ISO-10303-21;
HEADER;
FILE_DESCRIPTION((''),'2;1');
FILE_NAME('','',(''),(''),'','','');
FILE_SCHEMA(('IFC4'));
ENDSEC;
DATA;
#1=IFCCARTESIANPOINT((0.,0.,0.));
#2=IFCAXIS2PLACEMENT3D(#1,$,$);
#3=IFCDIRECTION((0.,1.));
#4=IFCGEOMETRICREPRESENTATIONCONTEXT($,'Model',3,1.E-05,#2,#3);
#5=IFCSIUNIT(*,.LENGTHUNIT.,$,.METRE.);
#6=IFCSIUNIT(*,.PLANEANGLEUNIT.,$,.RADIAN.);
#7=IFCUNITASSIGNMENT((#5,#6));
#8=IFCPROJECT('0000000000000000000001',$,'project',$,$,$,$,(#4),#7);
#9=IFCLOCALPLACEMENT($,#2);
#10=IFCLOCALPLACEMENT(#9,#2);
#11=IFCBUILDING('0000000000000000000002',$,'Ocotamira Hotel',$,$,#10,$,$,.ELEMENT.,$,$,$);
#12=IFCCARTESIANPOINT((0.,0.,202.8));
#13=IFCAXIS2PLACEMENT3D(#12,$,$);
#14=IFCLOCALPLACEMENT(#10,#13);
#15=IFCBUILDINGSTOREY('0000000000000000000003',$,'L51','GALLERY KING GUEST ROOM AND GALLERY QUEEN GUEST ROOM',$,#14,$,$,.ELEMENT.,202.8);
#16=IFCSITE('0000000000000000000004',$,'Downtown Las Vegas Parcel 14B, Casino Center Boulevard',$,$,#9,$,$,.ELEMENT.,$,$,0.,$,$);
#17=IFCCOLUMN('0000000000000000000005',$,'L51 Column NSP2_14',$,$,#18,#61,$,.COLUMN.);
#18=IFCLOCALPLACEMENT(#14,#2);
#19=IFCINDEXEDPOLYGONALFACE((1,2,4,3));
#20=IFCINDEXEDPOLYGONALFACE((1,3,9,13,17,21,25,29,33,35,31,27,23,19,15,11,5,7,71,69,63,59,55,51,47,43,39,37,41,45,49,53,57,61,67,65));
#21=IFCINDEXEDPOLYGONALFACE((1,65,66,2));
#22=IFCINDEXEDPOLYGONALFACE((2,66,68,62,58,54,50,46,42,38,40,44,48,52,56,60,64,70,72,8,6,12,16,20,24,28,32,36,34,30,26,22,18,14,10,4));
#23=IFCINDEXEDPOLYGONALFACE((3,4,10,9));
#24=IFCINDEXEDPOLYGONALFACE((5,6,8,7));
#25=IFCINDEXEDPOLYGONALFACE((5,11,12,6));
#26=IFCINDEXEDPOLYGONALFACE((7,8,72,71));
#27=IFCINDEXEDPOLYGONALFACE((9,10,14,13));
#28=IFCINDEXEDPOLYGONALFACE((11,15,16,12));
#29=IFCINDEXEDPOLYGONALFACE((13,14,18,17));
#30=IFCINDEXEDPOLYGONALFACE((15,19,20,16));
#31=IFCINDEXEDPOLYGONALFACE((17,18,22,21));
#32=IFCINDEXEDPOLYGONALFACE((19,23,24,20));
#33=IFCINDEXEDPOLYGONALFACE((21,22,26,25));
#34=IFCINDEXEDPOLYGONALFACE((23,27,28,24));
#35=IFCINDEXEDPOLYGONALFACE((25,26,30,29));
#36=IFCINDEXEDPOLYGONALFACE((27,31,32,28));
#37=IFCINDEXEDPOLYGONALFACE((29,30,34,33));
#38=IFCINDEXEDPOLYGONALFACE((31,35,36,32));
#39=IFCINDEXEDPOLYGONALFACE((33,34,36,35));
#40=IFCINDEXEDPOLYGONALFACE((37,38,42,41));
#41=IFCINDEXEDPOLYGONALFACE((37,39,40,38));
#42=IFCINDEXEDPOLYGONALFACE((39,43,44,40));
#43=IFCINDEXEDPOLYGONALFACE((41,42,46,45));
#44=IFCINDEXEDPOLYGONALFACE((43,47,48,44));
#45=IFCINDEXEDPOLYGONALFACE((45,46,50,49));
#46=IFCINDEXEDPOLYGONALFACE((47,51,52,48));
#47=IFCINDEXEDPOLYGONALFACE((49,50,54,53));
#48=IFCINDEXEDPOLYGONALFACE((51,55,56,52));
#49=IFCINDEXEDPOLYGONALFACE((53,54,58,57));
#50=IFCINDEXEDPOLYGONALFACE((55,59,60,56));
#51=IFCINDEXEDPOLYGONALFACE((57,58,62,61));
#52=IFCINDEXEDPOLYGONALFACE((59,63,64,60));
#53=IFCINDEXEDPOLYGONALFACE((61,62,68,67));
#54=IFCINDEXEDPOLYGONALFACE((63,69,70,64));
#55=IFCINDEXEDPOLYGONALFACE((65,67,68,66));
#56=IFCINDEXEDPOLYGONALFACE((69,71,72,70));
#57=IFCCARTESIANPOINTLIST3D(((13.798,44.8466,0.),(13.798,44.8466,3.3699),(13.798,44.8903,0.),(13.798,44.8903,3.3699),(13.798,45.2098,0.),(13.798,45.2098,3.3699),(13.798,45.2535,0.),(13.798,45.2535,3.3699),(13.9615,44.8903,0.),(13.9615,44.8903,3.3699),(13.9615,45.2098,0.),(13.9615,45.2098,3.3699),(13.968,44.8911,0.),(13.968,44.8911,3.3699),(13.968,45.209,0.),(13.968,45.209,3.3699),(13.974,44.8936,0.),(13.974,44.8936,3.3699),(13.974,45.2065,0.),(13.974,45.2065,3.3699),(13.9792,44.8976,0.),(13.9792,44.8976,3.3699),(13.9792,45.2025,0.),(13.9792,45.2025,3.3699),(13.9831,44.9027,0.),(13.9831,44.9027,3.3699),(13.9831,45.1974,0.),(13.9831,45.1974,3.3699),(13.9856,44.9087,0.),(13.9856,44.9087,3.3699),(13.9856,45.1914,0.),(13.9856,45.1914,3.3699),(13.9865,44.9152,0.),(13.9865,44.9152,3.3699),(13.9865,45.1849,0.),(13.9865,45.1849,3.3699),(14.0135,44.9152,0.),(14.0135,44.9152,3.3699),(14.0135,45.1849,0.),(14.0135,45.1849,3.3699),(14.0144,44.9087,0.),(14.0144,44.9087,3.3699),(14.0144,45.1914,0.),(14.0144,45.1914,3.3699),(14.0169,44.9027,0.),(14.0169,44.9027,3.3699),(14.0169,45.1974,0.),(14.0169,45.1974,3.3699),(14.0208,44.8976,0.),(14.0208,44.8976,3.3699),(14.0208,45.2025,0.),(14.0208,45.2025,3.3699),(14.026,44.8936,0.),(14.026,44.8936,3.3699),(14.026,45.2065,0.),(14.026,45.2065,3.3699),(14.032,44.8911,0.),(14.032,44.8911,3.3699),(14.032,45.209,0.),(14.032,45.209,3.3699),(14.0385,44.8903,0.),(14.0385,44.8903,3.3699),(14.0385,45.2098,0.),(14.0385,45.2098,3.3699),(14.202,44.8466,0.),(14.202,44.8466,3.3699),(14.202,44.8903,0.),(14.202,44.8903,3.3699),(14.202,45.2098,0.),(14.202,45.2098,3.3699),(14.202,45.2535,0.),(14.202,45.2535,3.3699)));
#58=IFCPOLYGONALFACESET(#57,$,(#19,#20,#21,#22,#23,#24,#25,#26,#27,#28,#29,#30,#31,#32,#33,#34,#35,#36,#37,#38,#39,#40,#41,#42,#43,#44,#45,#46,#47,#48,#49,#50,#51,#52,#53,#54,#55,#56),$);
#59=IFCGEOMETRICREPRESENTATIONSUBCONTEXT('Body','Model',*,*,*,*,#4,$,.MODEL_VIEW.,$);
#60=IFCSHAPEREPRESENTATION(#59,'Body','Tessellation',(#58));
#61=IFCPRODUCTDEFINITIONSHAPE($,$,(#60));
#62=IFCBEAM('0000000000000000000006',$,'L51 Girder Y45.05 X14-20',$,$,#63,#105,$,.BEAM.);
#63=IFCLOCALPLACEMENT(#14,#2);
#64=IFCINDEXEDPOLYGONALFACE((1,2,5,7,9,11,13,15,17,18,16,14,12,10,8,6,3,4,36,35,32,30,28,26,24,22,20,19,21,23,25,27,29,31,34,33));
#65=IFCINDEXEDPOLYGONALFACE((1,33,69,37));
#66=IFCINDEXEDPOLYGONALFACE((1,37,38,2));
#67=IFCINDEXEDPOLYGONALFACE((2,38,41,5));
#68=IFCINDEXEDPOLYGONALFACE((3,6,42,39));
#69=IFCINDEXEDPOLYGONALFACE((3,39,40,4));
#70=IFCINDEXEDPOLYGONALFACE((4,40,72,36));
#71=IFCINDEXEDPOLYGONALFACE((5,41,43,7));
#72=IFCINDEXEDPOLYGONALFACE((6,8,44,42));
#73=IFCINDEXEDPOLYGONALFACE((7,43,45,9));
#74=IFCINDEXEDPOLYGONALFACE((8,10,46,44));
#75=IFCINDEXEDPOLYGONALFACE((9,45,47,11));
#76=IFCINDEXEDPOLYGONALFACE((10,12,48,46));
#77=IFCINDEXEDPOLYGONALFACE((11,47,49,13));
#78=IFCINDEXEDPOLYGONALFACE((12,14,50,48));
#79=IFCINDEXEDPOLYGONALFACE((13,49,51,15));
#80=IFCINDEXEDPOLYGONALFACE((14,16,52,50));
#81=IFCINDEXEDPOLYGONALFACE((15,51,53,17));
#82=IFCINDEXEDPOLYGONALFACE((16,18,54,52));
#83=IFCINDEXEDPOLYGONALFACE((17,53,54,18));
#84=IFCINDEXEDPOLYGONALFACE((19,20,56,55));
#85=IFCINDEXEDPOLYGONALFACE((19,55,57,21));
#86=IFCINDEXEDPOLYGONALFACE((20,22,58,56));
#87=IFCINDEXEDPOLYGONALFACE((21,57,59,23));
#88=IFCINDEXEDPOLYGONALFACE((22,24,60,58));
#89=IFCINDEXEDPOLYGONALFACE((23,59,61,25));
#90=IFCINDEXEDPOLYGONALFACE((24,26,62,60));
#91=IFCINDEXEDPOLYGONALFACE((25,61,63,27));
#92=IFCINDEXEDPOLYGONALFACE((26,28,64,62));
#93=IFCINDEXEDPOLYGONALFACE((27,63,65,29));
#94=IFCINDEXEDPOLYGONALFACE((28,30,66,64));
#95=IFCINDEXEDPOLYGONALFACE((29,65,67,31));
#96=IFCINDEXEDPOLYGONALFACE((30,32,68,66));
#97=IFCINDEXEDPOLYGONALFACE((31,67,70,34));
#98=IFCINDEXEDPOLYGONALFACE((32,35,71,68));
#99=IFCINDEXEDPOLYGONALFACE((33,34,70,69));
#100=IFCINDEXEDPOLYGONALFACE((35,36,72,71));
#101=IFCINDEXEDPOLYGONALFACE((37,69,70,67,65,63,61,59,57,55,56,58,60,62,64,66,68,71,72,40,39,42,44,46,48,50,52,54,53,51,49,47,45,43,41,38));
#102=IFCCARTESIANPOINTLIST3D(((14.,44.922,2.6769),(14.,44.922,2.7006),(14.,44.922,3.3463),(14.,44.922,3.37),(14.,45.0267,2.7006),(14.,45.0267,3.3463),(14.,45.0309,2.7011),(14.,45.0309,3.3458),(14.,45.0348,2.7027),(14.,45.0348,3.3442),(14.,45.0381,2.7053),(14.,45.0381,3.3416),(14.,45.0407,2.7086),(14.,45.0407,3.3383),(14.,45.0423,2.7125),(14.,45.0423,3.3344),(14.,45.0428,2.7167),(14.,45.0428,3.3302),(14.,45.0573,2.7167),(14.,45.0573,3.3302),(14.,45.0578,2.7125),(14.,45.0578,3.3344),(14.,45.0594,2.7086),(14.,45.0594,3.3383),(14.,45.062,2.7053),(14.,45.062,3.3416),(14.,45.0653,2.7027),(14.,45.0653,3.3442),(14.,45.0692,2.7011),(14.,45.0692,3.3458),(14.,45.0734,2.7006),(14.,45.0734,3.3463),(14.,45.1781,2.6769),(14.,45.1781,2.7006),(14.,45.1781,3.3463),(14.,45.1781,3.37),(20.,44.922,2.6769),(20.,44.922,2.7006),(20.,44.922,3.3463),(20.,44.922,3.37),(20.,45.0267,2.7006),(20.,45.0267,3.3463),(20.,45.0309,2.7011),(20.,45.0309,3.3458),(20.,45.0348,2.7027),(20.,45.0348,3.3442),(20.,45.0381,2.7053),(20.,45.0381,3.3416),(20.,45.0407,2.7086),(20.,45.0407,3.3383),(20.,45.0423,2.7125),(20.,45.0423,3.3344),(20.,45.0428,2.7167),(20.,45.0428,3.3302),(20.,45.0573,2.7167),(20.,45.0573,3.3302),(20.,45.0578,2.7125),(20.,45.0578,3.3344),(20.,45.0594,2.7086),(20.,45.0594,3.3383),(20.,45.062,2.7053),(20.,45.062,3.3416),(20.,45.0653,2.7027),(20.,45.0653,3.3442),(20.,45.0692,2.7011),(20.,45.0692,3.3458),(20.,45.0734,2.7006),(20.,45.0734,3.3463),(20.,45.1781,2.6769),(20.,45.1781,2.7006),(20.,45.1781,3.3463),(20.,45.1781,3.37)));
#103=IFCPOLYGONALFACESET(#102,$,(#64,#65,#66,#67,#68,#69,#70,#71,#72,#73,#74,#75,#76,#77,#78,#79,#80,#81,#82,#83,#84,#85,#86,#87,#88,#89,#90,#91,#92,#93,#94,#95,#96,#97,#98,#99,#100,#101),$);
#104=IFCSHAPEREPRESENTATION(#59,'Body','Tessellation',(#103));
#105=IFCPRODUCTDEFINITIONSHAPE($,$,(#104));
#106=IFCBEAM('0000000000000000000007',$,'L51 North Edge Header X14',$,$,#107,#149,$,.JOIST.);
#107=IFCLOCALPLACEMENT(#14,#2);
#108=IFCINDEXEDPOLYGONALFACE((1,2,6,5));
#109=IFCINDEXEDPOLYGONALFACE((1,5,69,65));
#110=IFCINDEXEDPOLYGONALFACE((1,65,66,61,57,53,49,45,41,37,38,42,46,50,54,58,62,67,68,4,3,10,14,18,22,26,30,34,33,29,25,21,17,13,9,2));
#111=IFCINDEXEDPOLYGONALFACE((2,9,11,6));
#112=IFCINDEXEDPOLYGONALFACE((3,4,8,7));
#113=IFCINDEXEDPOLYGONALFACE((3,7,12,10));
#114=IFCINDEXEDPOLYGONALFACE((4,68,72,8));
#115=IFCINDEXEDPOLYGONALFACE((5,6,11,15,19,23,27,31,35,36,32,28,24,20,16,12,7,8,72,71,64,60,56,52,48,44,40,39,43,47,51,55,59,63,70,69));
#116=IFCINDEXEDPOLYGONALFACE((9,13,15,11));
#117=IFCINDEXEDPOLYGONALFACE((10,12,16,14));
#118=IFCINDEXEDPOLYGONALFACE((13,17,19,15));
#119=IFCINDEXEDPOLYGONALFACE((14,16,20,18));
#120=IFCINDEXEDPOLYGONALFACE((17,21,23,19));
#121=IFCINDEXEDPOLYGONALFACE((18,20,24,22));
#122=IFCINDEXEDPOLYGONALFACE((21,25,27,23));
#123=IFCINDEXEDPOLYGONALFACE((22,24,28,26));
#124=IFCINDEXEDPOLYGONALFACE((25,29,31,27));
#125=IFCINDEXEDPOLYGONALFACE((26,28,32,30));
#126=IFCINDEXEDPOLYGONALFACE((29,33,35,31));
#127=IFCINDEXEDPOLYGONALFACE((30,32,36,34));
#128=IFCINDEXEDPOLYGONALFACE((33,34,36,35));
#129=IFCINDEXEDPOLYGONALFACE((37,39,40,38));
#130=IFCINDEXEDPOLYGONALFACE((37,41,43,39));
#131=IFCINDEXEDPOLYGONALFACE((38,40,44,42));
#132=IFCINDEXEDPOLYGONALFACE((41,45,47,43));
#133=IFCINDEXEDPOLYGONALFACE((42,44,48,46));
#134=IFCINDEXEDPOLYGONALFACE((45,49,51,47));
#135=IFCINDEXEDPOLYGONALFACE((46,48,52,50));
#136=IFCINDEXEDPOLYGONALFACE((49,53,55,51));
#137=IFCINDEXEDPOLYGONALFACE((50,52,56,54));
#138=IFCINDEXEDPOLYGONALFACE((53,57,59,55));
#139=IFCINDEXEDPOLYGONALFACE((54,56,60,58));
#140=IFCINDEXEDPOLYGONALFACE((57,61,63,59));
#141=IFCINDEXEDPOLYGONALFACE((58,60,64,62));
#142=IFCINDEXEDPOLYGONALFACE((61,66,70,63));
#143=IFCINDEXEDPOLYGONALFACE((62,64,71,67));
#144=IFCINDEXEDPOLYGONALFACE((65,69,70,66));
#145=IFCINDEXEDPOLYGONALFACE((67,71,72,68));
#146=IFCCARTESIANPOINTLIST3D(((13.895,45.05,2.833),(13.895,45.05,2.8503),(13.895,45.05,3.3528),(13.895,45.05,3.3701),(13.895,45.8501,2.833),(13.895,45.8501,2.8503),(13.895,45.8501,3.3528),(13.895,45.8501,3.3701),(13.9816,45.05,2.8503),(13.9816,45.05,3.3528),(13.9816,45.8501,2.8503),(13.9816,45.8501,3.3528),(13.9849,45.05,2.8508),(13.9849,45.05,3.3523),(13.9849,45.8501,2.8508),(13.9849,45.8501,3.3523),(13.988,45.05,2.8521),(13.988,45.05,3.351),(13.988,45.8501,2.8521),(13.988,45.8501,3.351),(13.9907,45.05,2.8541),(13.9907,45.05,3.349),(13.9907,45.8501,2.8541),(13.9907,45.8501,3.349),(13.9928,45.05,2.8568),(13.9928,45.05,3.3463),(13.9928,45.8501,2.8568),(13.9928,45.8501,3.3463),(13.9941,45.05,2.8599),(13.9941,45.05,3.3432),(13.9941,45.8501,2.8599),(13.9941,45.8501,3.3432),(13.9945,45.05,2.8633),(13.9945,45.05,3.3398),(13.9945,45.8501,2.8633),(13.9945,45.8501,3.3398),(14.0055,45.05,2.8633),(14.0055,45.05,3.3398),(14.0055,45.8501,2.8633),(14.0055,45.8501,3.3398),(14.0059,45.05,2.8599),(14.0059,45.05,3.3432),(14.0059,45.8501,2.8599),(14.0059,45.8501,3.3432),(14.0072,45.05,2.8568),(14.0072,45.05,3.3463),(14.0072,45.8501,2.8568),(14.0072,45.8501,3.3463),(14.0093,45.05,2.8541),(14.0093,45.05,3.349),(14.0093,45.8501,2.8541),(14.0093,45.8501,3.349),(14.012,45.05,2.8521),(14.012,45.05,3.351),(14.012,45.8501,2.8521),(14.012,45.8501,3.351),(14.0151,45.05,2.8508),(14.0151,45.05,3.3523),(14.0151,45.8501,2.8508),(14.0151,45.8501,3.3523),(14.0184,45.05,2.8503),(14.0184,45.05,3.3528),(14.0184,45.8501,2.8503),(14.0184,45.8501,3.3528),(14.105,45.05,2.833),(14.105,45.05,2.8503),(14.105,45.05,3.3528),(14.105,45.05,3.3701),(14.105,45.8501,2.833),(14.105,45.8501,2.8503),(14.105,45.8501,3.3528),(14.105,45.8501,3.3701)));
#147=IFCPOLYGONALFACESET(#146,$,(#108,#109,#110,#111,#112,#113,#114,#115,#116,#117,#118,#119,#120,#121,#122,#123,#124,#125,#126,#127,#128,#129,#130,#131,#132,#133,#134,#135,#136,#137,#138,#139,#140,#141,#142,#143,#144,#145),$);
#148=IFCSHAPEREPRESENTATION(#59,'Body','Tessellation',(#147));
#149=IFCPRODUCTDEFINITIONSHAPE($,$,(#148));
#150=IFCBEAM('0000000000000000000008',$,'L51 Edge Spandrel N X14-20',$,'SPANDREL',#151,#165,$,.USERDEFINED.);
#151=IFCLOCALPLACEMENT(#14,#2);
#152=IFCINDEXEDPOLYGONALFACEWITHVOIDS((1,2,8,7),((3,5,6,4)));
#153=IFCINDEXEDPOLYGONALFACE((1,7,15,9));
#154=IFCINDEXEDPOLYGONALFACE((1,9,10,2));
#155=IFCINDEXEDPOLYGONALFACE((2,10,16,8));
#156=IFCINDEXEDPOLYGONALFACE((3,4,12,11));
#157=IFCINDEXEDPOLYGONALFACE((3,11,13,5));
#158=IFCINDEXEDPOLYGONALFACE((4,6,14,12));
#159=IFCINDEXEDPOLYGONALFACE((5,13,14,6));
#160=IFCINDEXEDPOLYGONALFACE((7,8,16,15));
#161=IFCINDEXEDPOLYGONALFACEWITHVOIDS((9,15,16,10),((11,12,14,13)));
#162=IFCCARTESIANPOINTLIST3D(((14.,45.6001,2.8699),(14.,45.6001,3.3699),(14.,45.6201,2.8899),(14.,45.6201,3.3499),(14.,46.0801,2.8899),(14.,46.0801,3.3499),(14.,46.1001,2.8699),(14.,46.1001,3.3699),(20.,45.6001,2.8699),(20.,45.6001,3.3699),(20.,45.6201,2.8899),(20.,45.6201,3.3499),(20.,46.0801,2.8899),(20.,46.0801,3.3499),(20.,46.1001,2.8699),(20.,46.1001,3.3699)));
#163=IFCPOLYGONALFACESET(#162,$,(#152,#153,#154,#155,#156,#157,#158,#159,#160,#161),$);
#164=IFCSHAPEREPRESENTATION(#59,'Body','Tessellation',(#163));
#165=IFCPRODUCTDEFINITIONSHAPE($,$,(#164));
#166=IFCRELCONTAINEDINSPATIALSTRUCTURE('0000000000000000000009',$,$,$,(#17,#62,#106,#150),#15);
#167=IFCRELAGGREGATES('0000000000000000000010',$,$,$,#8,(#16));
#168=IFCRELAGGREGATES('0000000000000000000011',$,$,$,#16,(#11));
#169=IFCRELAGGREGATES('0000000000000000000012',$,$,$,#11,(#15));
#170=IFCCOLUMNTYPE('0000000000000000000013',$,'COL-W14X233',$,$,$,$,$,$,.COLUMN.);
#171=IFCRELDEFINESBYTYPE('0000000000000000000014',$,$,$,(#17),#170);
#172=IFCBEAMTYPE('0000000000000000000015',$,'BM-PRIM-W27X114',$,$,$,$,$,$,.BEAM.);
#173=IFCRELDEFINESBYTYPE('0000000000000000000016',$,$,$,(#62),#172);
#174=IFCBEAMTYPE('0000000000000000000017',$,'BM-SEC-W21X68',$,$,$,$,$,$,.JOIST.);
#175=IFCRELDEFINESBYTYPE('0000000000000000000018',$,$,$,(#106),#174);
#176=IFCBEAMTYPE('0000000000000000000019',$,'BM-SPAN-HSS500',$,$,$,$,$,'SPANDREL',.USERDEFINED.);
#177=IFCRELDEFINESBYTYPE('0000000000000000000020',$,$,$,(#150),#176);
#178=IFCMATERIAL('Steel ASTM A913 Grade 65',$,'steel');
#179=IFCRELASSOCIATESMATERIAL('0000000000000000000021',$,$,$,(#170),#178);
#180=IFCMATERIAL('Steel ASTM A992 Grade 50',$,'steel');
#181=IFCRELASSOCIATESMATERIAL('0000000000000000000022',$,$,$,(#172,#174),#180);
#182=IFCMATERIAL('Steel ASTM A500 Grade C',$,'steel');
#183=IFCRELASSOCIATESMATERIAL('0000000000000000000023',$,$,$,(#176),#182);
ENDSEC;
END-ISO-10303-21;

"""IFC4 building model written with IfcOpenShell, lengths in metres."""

from ifc_helpers import new_model, si_unit, direction, frame, origin, origin_2d, place, context, subcontext, project, spatial, hollow_rectangle, i_section, extrude, source, transform, mapped, material, material_profile, profile_set, type_object, element, save


model = new_model("IFC4")

# Units and contexts
model_context = context("Model", 3, precision=1e-05, world=origin(), true_north=direction((0.0, 1.0)))
body_context = subcontext(model_context, "Body", "Model", "MODEL_VIEW")
ifc_project = project(units=[si_unit("LENGTHUNIT", "METRE"), si_unit("PLANEANGLEUNIT", "RADIAN")], contexts=[model_context])

# Site, building, storey
site_placement = place(None, origin())
site = spatial("IfcSite", under=ifc_project, at=site_placement, Name="Downtown Las Vegas Parcel 14B, Casino Center Boulevard", CompositionType="ELEMENT", RefElevation=0.0)
building_placement = place(site_placement, origin())
building = spatial("IfcBuilding", under=site, at=building_placement, Name="Ocotamira Hotel", CompositionType="ELEMENT")
storey_placement = place(building_placement, frame((0.0, 0.0, 202.8)))
storey = spatial("IfcBuildingStorey", under=building, at=storey_placement, Name="L51", Description="GALLERY KING GUEST ROOM AND GALLERY QUEEN GUEST ROOM", CompositionType="ELEMENT", Elevation=202.8)

# Column
ifc_material_1 = material(Name="Steel ASTM A913 Grade 65", Category="steel")
ifc_material_profile_1 = material_profile(ifc_material_1, i_section(OverallWidth=0.4041, OverallDepth=0.407, WebThickness=0.0271, FlangeThickness=0.0437, FilletRadius=0.0249, at=origin_2d()), Name="W14X233")
ifc_profile_set_1 = profile_set([ifc_material_profile_1], Name="Steel ASTM A913 Grade 65")
column_type = type_object("IfcColumnType", Name="COL-W14X233", PredefinedType="COLUMN", material=ifc_profile_set_1)
shared_shape_1 = source(origin(), body_context, "Body", "SweptSolid", [
    extrude(i_section(OverallWidth=0.4041, OverallDepth=0.407, WebThickness=0.0271, FlangeThickness=0.0437, FilletRadius=0.0249, at=origin_2d()), origin(), (0.0, 0.0, 1.0), 3.3699),
])
column_placement = place(storey_placement, frame((14.0, 45.05, 0.0), z_axis=(0.0, 0.0, 1.0), x_axis=(1.0, 0.0, 0.0)))
element("IfcColumn", 1, at=column_placement, inside=storey, type_object=column_type, Name="L51 Column NSP2_14", PredefinedType="COLUMN", context=body_context, shape_type="MappedRepresentation", body=[
    mapped(shared_shape_1, transform((0.0, 0.0, 0.0), scale=1.0)),
])

# Beams
ifc_material_2 = material(Name="Steel ASTM A992 Grade 50", Category="steel")
ifc_material_profile_2 = material_profile(ifc_material_2, i_section(OverallWidth=0.2561, OverallDepth=0.6931, WebThickness=0.0144, FlangeThickness=0.0237, FilletRadius=0.0161, at=origin_2d()), Name="W27X114")
ifc_profile_set_2 = profile_set([ifc_material_profile_2], Name="Steel ASTM A992 Grade 50")
beam_type_1 = type_object("IfcBeamType", Name="BM-PRIM-W27X114", PredefinedType="BEAM", material=ifc_profile_set_2)
shared_shape_2 = source(origin(), body_context, "Body", "SweptSolid", [
    extrude(i_section(OverallWidth=0.2561, OverallDepth=0.6931, WebThickness=0.0144, FlangeThickness=0.0237, FilletRadius=0.0161, at=origin_2d()), origin(), (0.0, 0.0, 1.0), 6.0),
])
beam_1_placement = place(storey_placement, frame((14.0, 45.05, 3.0234), z_axis=(1.0, 0.0, 0.0), x_axis=(0.0, 1.0, 0.0)))
element("IfcBeam", 2, at=beam_1_placement, inside=storey, type_object=beam_type_1, Name="L51 Girder Y45.05 X14-20", PredefinedType="BEAM", context=body_context, shape_type="MappedRepresentation", body=[
    mapped(shared_shape_2, transform((0.0, 0.0, 0.0), scale=1.0)),
])
ifc_material_profile_3 = material_profile(ifc_material_2, i_section(OverallWidth=0.21, OverallDepth=0.5371, WebThickness=0.011, FlangeThickness=0.0173, FilletRadius=0.0129, at=origin_2d()), Name="W21X68")
ifc_profile_set_3 = profile_set([ifc_material_profile_3], Name="Steel ASTM A992 Grade 50")
beam_type_2 = type_object("IfcBeamType", Name="BM-SEC-W21X68", PredefinedType="JOIST", material=ifc_profile_set_3)
shared_shape_3 = source(origin(), body_context, "Body", "SweptSolid", [
    extrude(i_section(OverallWidth=0.21, OverallDepth=0.5371, WebThickness=0.011, FlangeThickness=0.0173, FilletRadius=0.0129, at=origin_2d()), origin(), (0.0, 0.0, 1.0), 0.8),
])
beam_2_placement = place(storey_placement, frame((14.0, 45.05, 3.1016), z_axis=(0.0, 1.0, 0.0), x_axis=(-1.0, 0.0, 0.0)))
element("IfcBeam", 3, at=beam_2_placement, inside=storey, type_object=beam_type_2, Name="L51 North Edge Header X14", PredefinedType="JOIST", context=body_context, shape_type="MappedRepresentation", body=[
    mapped(shared_shape_3, transform((0.0, 0.0, 0.0), scale=1.0)),
])
ifc_material_3 = material(Name="Steel ASTM A500 Grade C", Category="steel")
ifc_material_profile_4 = material_profile(ifc_material_3, hollow_rectangle(XDim=0.5, YDim=0.5, WallThickness=0.02, at=origin_2d()), Name="HSS500X500X20")
ifc_profile_set_4 = profile_set([ifc_material_profile_4], Name="Steel ASTM A500 Grade C")
beam_type_3 = type_object("IfcBeamType", Name="BM-SPAN-HSS500", ElementType="SPANDREL", PredefinedType="USERDEFINED", material=ifc_profile_set_4)
shared_shape_4 = source(origin(), body_context, "Body", "SweptSolid", [
    extrude(hollow_rectangle(XDim=0.5, YDim=0.5, WallThickness=0.02, at=origin_2d()), origin(), (0.0, 0.0, 1.0), 6.0),
])
beam_3_placement = place(storey_placement, frame((14.0, 45.8501, 3.1199), z_axis=(1.0, 0.0, 0.0), x_axis=(0.0, 1.0, 0.0)))
element("IfcBeam", 4, at=beam_3_placement, inside=storey, type_object=beam_type_3, Name="L51 Edge Spandrel N X14-20", ObjectType="SPANDREL", PredefinedType="USERDEFINED", context=body_context, shape_type="MappedRepresentation", body=[
    mapped(shared_shape_4, transform((0.0, 0.0, 0.0), scale=1.0)),
])

save(model, "model.ifc")
